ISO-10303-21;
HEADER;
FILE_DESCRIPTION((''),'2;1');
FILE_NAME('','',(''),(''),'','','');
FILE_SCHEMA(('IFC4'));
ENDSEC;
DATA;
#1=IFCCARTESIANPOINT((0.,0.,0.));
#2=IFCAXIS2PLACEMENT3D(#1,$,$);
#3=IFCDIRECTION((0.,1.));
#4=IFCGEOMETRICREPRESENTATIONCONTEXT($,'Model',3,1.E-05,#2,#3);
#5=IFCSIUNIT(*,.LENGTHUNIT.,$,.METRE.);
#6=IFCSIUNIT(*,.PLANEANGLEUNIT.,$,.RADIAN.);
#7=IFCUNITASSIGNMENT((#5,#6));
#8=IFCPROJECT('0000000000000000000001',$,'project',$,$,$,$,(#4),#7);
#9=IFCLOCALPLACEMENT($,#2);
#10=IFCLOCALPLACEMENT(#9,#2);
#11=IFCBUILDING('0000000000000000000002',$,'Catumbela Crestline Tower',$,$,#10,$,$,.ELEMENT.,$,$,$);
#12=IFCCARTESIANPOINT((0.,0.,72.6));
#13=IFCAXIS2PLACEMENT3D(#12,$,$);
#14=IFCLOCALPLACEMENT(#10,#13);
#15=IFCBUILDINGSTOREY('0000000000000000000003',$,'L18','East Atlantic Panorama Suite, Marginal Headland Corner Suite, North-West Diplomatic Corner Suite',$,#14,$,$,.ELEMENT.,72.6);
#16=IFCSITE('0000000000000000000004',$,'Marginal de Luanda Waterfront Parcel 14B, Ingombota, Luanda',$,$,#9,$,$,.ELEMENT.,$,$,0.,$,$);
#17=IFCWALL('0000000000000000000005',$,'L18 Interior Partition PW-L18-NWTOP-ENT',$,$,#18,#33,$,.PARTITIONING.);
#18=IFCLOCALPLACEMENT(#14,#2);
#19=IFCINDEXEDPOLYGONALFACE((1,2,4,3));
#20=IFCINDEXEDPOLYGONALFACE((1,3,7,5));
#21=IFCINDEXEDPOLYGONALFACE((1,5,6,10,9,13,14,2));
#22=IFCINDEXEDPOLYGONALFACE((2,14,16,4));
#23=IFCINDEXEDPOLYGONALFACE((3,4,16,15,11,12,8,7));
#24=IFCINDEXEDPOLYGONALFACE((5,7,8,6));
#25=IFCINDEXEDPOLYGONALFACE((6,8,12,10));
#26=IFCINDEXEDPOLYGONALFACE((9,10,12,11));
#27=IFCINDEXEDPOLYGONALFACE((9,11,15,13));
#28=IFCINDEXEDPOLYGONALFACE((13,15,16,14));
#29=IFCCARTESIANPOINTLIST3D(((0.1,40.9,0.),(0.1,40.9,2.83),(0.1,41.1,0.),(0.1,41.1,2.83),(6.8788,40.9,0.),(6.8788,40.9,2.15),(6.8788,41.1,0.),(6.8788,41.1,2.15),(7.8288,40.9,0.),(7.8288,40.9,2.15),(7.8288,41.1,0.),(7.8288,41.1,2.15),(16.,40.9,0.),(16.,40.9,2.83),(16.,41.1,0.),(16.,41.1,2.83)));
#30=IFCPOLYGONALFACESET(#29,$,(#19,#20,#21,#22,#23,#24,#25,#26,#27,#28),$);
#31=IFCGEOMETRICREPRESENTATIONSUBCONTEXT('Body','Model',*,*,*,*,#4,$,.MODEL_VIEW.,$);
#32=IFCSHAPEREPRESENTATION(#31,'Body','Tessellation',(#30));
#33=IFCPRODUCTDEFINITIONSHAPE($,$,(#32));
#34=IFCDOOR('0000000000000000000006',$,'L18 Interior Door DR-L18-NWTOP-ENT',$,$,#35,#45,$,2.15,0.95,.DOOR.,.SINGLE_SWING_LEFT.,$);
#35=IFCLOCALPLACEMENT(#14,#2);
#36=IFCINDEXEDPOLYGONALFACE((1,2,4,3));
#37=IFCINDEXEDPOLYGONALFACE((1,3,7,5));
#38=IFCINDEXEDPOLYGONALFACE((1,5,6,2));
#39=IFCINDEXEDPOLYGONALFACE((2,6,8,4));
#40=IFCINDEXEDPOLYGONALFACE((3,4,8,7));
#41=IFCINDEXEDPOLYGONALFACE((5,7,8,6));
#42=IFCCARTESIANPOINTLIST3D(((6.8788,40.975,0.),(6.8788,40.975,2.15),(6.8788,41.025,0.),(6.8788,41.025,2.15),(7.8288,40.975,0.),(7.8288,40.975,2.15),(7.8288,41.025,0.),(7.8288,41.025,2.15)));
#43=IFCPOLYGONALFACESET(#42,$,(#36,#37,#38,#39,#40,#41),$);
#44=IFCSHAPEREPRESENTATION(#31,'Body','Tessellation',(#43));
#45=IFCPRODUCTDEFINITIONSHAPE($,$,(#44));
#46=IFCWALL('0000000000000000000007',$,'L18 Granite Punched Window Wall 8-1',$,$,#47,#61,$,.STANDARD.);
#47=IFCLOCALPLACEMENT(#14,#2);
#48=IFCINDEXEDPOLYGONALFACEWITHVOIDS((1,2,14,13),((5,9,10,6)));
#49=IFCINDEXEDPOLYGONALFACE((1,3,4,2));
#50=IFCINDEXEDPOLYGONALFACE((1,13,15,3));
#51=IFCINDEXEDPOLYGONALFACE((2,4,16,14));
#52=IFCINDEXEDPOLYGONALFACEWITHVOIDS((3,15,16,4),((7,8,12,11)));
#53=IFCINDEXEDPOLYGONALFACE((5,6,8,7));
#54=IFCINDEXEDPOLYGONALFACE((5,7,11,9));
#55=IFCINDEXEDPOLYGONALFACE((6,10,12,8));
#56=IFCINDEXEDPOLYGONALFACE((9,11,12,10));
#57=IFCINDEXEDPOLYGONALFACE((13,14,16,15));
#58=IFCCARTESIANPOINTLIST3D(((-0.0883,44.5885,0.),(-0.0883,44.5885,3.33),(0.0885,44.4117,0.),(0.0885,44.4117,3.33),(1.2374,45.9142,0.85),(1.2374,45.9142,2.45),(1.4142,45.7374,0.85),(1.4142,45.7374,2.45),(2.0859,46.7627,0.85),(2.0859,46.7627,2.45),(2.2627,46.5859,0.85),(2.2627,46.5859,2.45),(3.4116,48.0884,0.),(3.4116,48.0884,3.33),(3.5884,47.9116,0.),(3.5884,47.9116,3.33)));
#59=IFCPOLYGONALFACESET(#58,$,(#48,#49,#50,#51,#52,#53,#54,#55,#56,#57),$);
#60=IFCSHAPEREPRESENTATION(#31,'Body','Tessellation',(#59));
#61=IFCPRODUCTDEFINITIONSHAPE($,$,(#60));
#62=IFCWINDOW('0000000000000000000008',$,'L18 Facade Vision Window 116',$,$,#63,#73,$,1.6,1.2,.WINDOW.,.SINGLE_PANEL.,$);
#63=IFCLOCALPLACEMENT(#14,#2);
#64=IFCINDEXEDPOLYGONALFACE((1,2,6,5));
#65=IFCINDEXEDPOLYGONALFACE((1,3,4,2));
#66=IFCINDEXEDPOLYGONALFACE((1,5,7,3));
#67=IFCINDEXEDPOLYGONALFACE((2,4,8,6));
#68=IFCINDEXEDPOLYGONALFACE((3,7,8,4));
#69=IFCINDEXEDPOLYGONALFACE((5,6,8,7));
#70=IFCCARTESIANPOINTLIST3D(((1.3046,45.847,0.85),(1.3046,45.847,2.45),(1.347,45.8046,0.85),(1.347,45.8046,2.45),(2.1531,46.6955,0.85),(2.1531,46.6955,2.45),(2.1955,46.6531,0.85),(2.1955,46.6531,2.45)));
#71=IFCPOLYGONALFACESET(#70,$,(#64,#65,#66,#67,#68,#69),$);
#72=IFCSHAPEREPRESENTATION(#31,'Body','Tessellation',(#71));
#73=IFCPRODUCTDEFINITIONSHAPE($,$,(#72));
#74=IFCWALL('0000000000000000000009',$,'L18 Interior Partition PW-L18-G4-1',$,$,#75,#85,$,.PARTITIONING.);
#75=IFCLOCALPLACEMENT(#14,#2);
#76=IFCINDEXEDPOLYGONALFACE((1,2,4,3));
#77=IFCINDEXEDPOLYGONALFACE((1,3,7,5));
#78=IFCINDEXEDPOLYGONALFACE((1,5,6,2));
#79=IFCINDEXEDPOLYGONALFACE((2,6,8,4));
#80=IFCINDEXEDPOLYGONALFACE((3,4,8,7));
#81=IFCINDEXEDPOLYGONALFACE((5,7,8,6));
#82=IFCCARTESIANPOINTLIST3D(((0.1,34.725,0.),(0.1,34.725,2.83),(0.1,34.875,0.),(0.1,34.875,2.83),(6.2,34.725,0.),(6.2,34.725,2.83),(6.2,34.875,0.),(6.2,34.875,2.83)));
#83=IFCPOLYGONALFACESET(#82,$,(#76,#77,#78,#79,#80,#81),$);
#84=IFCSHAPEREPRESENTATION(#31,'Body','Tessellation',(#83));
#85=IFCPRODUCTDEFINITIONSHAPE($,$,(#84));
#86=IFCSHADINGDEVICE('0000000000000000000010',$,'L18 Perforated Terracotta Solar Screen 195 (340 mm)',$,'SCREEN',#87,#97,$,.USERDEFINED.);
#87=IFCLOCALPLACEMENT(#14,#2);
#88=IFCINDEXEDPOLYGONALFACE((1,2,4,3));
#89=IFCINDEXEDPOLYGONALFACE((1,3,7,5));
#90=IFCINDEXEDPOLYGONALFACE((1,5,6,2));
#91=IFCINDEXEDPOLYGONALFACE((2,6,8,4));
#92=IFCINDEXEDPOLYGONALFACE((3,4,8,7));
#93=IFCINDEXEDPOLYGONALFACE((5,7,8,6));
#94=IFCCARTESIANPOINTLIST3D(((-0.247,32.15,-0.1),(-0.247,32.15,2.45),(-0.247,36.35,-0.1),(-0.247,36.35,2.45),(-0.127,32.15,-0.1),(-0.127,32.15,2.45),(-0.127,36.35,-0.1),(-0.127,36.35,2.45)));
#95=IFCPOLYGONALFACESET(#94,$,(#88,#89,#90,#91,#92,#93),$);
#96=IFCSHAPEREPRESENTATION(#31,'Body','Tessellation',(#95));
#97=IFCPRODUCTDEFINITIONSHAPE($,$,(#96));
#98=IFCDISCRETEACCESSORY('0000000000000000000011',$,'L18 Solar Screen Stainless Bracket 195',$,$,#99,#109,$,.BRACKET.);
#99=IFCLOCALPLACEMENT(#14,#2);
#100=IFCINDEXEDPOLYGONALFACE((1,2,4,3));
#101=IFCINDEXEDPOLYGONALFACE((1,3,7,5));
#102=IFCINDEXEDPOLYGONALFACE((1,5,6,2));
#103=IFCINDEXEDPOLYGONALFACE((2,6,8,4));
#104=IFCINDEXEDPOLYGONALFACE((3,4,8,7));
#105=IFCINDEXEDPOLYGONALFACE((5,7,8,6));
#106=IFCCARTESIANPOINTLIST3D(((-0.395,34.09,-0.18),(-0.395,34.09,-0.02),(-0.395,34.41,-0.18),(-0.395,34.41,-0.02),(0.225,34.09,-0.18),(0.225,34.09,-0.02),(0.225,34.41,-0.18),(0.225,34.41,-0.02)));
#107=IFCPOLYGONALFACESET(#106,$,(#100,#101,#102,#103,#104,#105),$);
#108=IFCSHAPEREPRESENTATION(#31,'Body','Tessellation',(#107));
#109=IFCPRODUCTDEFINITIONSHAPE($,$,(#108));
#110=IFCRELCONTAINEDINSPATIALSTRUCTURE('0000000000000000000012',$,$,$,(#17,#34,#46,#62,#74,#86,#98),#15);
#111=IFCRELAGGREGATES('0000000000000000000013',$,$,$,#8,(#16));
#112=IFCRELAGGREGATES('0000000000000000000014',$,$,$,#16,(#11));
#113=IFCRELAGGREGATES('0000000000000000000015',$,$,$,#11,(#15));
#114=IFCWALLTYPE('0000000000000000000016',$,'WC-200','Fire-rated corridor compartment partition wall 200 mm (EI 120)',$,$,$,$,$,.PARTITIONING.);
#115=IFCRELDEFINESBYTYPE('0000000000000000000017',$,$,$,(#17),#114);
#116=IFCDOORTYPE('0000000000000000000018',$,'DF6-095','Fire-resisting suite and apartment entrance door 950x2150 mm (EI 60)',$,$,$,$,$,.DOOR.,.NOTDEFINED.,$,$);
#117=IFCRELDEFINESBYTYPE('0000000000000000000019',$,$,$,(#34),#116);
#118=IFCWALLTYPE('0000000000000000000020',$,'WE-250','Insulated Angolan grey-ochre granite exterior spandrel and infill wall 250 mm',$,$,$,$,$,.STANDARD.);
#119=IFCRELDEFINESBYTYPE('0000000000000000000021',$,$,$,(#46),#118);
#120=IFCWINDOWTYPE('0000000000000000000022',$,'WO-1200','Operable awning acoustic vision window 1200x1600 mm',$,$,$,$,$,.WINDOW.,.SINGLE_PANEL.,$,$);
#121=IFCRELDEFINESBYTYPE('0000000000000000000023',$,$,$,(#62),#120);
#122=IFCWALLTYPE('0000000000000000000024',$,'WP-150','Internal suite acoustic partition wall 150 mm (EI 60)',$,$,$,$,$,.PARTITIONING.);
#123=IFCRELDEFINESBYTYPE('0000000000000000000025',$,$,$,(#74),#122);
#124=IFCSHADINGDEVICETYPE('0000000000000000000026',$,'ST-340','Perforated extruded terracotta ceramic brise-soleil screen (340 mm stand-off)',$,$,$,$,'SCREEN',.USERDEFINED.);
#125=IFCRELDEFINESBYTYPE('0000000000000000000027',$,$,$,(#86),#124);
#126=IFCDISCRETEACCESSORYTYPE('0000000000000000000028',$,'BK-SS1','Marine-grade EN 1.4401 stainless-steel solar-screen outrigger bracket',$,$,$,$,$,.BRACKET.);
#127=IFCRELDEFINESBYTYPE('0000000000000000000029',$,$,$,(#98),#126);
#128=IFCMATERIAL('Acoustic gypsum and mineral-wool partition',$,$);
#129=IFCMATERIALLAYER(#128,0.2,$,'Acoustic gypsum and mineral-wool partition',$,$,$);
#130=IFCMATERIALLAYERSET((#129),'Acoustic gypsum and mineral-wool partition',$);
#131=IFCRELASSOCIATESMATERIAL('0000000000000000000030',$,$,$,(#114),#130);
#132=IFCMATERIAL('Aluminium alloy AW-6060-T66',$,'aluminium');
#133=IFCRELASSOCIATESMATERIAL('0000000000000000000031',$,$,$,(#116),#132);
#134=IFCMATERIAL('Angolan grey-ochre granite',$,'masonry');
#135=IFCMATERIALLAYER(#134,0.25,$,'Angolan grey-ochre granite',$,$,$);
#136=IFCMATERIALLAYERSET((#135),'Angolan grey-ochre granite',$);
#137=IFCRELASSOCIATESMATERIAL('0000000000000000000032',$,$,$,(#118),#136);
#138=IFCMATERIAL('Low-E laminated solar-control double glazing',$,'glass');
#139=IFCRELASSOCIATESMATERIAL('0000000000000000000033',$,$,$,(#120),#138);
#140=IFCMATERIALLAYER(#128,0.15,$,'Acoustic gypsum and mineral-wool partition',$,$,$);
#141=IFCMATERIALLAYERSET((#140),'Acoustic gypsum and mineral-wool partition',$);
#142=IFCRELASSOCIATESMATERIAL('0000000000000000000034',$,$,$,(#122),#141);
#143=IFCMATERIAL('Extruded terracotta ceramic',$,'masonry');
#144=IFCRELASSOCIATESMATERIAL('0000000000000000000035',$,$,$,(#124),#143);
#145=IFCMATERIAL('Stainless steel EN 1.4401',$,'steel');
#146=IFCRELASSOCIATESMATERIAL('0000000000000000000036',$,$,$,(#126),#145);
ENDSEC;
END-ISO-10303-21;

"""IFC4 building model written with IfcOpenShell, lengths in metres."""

from ifc_helpers import new_model, si_unit, direction, frame, frame_2d, origin, origin_2d, place, context, subcontext, project, spatial, rectangle, extrude, material, layer, layer_set, type_object, element, fill, save


model = new_model("IFC4")

# Units and contexts
model_context = context("Model", 3, precision=1e-05, world=origin(), true_north=direction((0.0, 1.0)))
body_context = subcontext(model_context, "Body", "Model", "MODEL_VIEW")
ifc_project = project(units=[si_unit("LENGTHUNIT", "METRE"), si_unit("PLANEANGLEUNIT", "RADIAN")], contexts=[model_context])

# Site, building, storey
site_placement = place(None, origin())
site = spatial("IfcSite", under=ifc_project, at=site_placement, Name="Marginal de Luanda Waterfront Parcel 14B, Ingombota, Luanda", CompositionType="ELEMENT", RefElevation=0.0)
building_placement = place(site_placement, origin())
building = spatial("IfcBuilding", under=site, at=building_placement, Name="Catumbela Crestline Tower", CompositionType="ELEMENT")
storey_placement = place(building_placement, frame((0.0, 0.0, 72.6)))
storey = spatial("IfcBuildingStorey", under=building, at=storey_placement, Name="L18", Description="East Atlantic Panorama Suite, Marginal Headland Corner Suite, North-West Diplomatic Corner Suite", CompositionType="ELEMENT", Elevation=72.6)

# Shared definitions
ifc_material_1 = material(Name="Aluminium alloy AW-6060-T66", Category="aluminium")

# Shared definitions
ifc_material_2 = material(Name="Low-E laminated solar-control double glazing", Category="glass")

# Wall, opening, door
ifc_material_3 = material(Name="Acoustic gypsum and mineral-wool partition")
ifc_layer_1 = layer(ifc_material_3, 0.2, Name="Acoustic gypsum and mineral-wool partition")
ifc_layer_set_1 = layer_set([ifc_layer_1], Name="Acoustic gypsum and mineral-wool partition")
wall_type_1 = type_object("IfcWallType", Name="WC-200", Description="Fire-rated corridor compartment partition wall 200 mm (EI 120)", PredefinedType="PARTITIONING", material=ifc_layer_set_1)
wall_1_placement = place(storey_placement, frame((0.1, 41.0, 0.0), z_axis=(0.0, 0.0, 1.0), x_axis=(1.0, 0.0, 0.0)))
wall_1 = element("IfcWall", 1, at=wall_1_placement, inside=storey, type_object=wall_type_1, Name="L18 Interior Partition PW-L18-NWTOP-ENT", PredefinedType="PARTITIONING", context=body_context, shape_type="SweptSolid", body=[
    extrude(rectangle(XDim=15.9, YDim=0.2, at=frame_2d((7.95, 0.0))), origin(), (0.0, 0.0, 1.0), 2.83),
])
opening_1_placement = place(wall_1_placement, frame((6.7788, 0.0, 0.0)))
opening_1 = element("IfcOpeningElement", 2, at=opening_1_placement, cuts=wall_1, PredefinedType="OPENING", context=body_context, shape_type="SweptSolid", body=[
    extrude(rectangle(XDim=0.95, YDim=2.15, at=frame_2d((0.475, 1.075))), frame((0.0, 0.11, 0.0), z_axis=(0.0, -1.0, 0.0), x_axis=(1.0, 0.0, 0.0)), (0.0, 0.0, 1.0), 0.22),
])
door_type = type_object("IfcDoorType", Name="DF6-095", Description="Fire-resisting suite and apartment entrance door 950x2150 mm (EI 60)", OperationType="NOTDEFINED", PredefinedType="DOOR", material=ifc_material_1)
door_placement = place(opening_1_placement, origin())
door = element("IfcDoor", 3, at=door_placement, inside=storey, type_object=door_type, Name="L18 Interior Door DR-L18-NWTOP-ENT", OperationType="SINGLE_SWING_LEFT", OverallHeight=2.15, OverallWidth=0.95, PredefinedType="DOOR", context=body_context, shape_type="SweptSolid", body=[
    extrude(rectangle(XDim=0.95, YDim=2.15, at=frame_2d((0.475, 1.075))), frame((0.0, 0.025, 0.0), z_axis=(0.0, -1.0, 0.0), x_axis=(1.0, 0.0, 0.0)), (0.0, 0.0, 1.0), 0.05),
])
fill(opening_1, door)

# Wall, opening, window
ifc_material_4 = material(Name="Angolan grey-ochre granite", Category="masonry")
ifc_layer_2 = layer(ifc_material_4, 0.25, Name="Angolan grey-ochre granite")
ifc_layer_set_2 = layer_set([ifc_layer_2], Name="Angolan grey-ochre granite")
wall_type_2 = type_object("IfcWallType", Name="WE-250", Description="Insulated Angolan grey-ochre granite exterior spandrel and infill wall 250 mm", PredefinedType="STANDARD", material=ifc_layer_set_2)
wall_2_placement = place(storey_placement, frame((3.5, 48.0, 0.0), z_axis=(0.0, 0.0, 1.0), x_axis=(-0.707107, -0.707107, 0.0)))
wall_2 = element("IfcWall", 4, at=wall_2_placement, inside=storey, type_object=wall_type_2, Name="L18 Granite Punched Window Wall 8-1", PredefinedType="STANDARD", context=body_context, shape_type="SweptSolid", body=[
    extrude(rectangle(XDim=4.9497, YDim=0.25, at=frame_2d((2.4748, 0.0))), origin(), (0.0, 0.0, 1.0), 3.33),
])
opening_2_placement = place(wall_2_placement, frame((1.8748, 0.0, 0.85)))
opening_2 = element("IfcOpeningElement", 5, at=opening_2_placement, cuts=wall_2, PredefinedType="OPENING", context=body_context, shape_type="SweptSolid", body=[
    extrude(rectangle(XDim=1.2, YDim=1.6, at=frame_2d((0.6, 0.8))), frame((0.0, 0.135, 0.0), z_axis=(0.0, -1.0, 0.0), x_axis=(1.0, 0.0, 0.0)), (0.0, 0.0, 1.0), 0.27),
])
window_type = type_object("IfcWindowType", Name="WO-1200", Description="Operable awning acoustic vision window 1200x1600 mm", PartitioningType="SINGLE_PANEL", PredefinedType="WINDOW", material=ifc_material_2)
window_placement = place(opening_2_placement, origin())
window = element("IfcWindow", 6, at=window_placement, inside=storey, type_object=window_type, Name="L18 Facade Vision Window 116", OverallHeight=1.6, OverallWidth=1.2, PartitioningType="SINGLE_PANEL", PredefinedType="WINDOW", context=body_context, shape_type="SweptSolid", body=[
    extrude(rectangle(XDim=1.2, YDim=1.6, at=frame_2d((0.6, 0.8))), frame((0.0, 0.03, 0.0), z_axis=(0.0, -1.0, 0.0), x_axis=(1.0, 0.0, 0.0)), (0.0, 0.0, 1.0), 0.06),
])
fill(opening_2, window)

# Wall
ifc_layer_3 = layer(ifc_material_3, 0.15, Name="Acoustic gypsum and mineral-wool partition")
ifc_layer_set_3 = layer_set([ifc_layer_3], Name="Acoustic gypsum and mineral-wool partition")
wall_type_3 = type_object("IfcWallType", Name="WP-150", Description="Internal suite acoustic partition wall 150 mm (EI 60)", PredefinedType="PARTITIONING", material=ifc_layer_set_3)
wall_3_placement = place(storey_placement, frame((0.1, 34.8, 0.0), z_axis=(0.0, 0.0, 1.0), x_axis=(1.0, 0.0, 0.0)))
element("IfcWall", 7, at=wall_3_placement, inside=storey, type_object=wall_type_3, Name="L18 Interior Partition PW-L18-G4-1", PredefinedType="PARTITIONING", context=body_context, shape_type="SweptSolid", body=[
    extrude(rectangle(XDim=6.1, YDim=0.15, at=frame_2d((3.05, 0.0))), origin(), (0.0, 0.0, 1.0), 2.83),
])

# Shading device
ifc_material_5 = material(Name="Extruded terracotta ceramic", Category="masonry")
shading_device_type = type_object("IfcShadingDeviceType", Name="ST-340", Description="Perforated extruded terracotta ceramic brise-soleil screen (340 mm stand-off)", ElementType="SCREEN", PredefinedType="USERDEFINED", material=ifc_material_5)
shading_device_placement = place(storey_placement, frame((-0.187, 34.25, -0.1), z_axis=(0.0, 0.0, 1.0), x_axis=(0.0, -1.0, 0.0)))
element("IfcShadingDevice", 8, at=shading_device_placement, inside=storey, type_object=shading_device_type, Name="L18 Perforated Terracotta Solar Screen 195 (340 mm)", ObjectType="SCREEN", PredefinedType="USERDEFINED", context=body_context, shape_type="SweptSolid", body=[
    extrude(rectangle(XDim=4.2, YDim=0.12, at=origin_2d()), origin(), (0.0, 0.0, 1.0), 2.55),
])

# Discrete accessory
ifc_material_6 = material(Name="Stainless steel EN 1.4401", Category="steel")
discrete_accessory_type = type_object("IfcDiscreteAccessoryType", Name="BK-SS1", Description="Marine-grade EN 1.4401 stainless-steel solar-screen outrigger bracket", PredefinedType="BRACKET", material=ifc_material_6)
discrete_accessory_placement = place(storey_placement, frame((-0.085, 34.25, -0.18), z_axis=(0.0, 0.0, 1.0), x_axis=(0.0, -1.0, 0.0)))
element("IfcDiscreteAccessory", 9, at=discrete_accessory_placement, inside=storey, type_object=discrete_accessory_type, Name="L18 Solar Screen Stainless Bracket 195", PredefinedType="BRACKET", context=body_context, shape_type="SweptSolid", body=[
    extrude(rectangle(XDim=0.32, YDim=0.62, at=origin_2d()), origin(), (0.0, 0.0, 1.0), 0.16),
])

save(model, "model.ifc")
